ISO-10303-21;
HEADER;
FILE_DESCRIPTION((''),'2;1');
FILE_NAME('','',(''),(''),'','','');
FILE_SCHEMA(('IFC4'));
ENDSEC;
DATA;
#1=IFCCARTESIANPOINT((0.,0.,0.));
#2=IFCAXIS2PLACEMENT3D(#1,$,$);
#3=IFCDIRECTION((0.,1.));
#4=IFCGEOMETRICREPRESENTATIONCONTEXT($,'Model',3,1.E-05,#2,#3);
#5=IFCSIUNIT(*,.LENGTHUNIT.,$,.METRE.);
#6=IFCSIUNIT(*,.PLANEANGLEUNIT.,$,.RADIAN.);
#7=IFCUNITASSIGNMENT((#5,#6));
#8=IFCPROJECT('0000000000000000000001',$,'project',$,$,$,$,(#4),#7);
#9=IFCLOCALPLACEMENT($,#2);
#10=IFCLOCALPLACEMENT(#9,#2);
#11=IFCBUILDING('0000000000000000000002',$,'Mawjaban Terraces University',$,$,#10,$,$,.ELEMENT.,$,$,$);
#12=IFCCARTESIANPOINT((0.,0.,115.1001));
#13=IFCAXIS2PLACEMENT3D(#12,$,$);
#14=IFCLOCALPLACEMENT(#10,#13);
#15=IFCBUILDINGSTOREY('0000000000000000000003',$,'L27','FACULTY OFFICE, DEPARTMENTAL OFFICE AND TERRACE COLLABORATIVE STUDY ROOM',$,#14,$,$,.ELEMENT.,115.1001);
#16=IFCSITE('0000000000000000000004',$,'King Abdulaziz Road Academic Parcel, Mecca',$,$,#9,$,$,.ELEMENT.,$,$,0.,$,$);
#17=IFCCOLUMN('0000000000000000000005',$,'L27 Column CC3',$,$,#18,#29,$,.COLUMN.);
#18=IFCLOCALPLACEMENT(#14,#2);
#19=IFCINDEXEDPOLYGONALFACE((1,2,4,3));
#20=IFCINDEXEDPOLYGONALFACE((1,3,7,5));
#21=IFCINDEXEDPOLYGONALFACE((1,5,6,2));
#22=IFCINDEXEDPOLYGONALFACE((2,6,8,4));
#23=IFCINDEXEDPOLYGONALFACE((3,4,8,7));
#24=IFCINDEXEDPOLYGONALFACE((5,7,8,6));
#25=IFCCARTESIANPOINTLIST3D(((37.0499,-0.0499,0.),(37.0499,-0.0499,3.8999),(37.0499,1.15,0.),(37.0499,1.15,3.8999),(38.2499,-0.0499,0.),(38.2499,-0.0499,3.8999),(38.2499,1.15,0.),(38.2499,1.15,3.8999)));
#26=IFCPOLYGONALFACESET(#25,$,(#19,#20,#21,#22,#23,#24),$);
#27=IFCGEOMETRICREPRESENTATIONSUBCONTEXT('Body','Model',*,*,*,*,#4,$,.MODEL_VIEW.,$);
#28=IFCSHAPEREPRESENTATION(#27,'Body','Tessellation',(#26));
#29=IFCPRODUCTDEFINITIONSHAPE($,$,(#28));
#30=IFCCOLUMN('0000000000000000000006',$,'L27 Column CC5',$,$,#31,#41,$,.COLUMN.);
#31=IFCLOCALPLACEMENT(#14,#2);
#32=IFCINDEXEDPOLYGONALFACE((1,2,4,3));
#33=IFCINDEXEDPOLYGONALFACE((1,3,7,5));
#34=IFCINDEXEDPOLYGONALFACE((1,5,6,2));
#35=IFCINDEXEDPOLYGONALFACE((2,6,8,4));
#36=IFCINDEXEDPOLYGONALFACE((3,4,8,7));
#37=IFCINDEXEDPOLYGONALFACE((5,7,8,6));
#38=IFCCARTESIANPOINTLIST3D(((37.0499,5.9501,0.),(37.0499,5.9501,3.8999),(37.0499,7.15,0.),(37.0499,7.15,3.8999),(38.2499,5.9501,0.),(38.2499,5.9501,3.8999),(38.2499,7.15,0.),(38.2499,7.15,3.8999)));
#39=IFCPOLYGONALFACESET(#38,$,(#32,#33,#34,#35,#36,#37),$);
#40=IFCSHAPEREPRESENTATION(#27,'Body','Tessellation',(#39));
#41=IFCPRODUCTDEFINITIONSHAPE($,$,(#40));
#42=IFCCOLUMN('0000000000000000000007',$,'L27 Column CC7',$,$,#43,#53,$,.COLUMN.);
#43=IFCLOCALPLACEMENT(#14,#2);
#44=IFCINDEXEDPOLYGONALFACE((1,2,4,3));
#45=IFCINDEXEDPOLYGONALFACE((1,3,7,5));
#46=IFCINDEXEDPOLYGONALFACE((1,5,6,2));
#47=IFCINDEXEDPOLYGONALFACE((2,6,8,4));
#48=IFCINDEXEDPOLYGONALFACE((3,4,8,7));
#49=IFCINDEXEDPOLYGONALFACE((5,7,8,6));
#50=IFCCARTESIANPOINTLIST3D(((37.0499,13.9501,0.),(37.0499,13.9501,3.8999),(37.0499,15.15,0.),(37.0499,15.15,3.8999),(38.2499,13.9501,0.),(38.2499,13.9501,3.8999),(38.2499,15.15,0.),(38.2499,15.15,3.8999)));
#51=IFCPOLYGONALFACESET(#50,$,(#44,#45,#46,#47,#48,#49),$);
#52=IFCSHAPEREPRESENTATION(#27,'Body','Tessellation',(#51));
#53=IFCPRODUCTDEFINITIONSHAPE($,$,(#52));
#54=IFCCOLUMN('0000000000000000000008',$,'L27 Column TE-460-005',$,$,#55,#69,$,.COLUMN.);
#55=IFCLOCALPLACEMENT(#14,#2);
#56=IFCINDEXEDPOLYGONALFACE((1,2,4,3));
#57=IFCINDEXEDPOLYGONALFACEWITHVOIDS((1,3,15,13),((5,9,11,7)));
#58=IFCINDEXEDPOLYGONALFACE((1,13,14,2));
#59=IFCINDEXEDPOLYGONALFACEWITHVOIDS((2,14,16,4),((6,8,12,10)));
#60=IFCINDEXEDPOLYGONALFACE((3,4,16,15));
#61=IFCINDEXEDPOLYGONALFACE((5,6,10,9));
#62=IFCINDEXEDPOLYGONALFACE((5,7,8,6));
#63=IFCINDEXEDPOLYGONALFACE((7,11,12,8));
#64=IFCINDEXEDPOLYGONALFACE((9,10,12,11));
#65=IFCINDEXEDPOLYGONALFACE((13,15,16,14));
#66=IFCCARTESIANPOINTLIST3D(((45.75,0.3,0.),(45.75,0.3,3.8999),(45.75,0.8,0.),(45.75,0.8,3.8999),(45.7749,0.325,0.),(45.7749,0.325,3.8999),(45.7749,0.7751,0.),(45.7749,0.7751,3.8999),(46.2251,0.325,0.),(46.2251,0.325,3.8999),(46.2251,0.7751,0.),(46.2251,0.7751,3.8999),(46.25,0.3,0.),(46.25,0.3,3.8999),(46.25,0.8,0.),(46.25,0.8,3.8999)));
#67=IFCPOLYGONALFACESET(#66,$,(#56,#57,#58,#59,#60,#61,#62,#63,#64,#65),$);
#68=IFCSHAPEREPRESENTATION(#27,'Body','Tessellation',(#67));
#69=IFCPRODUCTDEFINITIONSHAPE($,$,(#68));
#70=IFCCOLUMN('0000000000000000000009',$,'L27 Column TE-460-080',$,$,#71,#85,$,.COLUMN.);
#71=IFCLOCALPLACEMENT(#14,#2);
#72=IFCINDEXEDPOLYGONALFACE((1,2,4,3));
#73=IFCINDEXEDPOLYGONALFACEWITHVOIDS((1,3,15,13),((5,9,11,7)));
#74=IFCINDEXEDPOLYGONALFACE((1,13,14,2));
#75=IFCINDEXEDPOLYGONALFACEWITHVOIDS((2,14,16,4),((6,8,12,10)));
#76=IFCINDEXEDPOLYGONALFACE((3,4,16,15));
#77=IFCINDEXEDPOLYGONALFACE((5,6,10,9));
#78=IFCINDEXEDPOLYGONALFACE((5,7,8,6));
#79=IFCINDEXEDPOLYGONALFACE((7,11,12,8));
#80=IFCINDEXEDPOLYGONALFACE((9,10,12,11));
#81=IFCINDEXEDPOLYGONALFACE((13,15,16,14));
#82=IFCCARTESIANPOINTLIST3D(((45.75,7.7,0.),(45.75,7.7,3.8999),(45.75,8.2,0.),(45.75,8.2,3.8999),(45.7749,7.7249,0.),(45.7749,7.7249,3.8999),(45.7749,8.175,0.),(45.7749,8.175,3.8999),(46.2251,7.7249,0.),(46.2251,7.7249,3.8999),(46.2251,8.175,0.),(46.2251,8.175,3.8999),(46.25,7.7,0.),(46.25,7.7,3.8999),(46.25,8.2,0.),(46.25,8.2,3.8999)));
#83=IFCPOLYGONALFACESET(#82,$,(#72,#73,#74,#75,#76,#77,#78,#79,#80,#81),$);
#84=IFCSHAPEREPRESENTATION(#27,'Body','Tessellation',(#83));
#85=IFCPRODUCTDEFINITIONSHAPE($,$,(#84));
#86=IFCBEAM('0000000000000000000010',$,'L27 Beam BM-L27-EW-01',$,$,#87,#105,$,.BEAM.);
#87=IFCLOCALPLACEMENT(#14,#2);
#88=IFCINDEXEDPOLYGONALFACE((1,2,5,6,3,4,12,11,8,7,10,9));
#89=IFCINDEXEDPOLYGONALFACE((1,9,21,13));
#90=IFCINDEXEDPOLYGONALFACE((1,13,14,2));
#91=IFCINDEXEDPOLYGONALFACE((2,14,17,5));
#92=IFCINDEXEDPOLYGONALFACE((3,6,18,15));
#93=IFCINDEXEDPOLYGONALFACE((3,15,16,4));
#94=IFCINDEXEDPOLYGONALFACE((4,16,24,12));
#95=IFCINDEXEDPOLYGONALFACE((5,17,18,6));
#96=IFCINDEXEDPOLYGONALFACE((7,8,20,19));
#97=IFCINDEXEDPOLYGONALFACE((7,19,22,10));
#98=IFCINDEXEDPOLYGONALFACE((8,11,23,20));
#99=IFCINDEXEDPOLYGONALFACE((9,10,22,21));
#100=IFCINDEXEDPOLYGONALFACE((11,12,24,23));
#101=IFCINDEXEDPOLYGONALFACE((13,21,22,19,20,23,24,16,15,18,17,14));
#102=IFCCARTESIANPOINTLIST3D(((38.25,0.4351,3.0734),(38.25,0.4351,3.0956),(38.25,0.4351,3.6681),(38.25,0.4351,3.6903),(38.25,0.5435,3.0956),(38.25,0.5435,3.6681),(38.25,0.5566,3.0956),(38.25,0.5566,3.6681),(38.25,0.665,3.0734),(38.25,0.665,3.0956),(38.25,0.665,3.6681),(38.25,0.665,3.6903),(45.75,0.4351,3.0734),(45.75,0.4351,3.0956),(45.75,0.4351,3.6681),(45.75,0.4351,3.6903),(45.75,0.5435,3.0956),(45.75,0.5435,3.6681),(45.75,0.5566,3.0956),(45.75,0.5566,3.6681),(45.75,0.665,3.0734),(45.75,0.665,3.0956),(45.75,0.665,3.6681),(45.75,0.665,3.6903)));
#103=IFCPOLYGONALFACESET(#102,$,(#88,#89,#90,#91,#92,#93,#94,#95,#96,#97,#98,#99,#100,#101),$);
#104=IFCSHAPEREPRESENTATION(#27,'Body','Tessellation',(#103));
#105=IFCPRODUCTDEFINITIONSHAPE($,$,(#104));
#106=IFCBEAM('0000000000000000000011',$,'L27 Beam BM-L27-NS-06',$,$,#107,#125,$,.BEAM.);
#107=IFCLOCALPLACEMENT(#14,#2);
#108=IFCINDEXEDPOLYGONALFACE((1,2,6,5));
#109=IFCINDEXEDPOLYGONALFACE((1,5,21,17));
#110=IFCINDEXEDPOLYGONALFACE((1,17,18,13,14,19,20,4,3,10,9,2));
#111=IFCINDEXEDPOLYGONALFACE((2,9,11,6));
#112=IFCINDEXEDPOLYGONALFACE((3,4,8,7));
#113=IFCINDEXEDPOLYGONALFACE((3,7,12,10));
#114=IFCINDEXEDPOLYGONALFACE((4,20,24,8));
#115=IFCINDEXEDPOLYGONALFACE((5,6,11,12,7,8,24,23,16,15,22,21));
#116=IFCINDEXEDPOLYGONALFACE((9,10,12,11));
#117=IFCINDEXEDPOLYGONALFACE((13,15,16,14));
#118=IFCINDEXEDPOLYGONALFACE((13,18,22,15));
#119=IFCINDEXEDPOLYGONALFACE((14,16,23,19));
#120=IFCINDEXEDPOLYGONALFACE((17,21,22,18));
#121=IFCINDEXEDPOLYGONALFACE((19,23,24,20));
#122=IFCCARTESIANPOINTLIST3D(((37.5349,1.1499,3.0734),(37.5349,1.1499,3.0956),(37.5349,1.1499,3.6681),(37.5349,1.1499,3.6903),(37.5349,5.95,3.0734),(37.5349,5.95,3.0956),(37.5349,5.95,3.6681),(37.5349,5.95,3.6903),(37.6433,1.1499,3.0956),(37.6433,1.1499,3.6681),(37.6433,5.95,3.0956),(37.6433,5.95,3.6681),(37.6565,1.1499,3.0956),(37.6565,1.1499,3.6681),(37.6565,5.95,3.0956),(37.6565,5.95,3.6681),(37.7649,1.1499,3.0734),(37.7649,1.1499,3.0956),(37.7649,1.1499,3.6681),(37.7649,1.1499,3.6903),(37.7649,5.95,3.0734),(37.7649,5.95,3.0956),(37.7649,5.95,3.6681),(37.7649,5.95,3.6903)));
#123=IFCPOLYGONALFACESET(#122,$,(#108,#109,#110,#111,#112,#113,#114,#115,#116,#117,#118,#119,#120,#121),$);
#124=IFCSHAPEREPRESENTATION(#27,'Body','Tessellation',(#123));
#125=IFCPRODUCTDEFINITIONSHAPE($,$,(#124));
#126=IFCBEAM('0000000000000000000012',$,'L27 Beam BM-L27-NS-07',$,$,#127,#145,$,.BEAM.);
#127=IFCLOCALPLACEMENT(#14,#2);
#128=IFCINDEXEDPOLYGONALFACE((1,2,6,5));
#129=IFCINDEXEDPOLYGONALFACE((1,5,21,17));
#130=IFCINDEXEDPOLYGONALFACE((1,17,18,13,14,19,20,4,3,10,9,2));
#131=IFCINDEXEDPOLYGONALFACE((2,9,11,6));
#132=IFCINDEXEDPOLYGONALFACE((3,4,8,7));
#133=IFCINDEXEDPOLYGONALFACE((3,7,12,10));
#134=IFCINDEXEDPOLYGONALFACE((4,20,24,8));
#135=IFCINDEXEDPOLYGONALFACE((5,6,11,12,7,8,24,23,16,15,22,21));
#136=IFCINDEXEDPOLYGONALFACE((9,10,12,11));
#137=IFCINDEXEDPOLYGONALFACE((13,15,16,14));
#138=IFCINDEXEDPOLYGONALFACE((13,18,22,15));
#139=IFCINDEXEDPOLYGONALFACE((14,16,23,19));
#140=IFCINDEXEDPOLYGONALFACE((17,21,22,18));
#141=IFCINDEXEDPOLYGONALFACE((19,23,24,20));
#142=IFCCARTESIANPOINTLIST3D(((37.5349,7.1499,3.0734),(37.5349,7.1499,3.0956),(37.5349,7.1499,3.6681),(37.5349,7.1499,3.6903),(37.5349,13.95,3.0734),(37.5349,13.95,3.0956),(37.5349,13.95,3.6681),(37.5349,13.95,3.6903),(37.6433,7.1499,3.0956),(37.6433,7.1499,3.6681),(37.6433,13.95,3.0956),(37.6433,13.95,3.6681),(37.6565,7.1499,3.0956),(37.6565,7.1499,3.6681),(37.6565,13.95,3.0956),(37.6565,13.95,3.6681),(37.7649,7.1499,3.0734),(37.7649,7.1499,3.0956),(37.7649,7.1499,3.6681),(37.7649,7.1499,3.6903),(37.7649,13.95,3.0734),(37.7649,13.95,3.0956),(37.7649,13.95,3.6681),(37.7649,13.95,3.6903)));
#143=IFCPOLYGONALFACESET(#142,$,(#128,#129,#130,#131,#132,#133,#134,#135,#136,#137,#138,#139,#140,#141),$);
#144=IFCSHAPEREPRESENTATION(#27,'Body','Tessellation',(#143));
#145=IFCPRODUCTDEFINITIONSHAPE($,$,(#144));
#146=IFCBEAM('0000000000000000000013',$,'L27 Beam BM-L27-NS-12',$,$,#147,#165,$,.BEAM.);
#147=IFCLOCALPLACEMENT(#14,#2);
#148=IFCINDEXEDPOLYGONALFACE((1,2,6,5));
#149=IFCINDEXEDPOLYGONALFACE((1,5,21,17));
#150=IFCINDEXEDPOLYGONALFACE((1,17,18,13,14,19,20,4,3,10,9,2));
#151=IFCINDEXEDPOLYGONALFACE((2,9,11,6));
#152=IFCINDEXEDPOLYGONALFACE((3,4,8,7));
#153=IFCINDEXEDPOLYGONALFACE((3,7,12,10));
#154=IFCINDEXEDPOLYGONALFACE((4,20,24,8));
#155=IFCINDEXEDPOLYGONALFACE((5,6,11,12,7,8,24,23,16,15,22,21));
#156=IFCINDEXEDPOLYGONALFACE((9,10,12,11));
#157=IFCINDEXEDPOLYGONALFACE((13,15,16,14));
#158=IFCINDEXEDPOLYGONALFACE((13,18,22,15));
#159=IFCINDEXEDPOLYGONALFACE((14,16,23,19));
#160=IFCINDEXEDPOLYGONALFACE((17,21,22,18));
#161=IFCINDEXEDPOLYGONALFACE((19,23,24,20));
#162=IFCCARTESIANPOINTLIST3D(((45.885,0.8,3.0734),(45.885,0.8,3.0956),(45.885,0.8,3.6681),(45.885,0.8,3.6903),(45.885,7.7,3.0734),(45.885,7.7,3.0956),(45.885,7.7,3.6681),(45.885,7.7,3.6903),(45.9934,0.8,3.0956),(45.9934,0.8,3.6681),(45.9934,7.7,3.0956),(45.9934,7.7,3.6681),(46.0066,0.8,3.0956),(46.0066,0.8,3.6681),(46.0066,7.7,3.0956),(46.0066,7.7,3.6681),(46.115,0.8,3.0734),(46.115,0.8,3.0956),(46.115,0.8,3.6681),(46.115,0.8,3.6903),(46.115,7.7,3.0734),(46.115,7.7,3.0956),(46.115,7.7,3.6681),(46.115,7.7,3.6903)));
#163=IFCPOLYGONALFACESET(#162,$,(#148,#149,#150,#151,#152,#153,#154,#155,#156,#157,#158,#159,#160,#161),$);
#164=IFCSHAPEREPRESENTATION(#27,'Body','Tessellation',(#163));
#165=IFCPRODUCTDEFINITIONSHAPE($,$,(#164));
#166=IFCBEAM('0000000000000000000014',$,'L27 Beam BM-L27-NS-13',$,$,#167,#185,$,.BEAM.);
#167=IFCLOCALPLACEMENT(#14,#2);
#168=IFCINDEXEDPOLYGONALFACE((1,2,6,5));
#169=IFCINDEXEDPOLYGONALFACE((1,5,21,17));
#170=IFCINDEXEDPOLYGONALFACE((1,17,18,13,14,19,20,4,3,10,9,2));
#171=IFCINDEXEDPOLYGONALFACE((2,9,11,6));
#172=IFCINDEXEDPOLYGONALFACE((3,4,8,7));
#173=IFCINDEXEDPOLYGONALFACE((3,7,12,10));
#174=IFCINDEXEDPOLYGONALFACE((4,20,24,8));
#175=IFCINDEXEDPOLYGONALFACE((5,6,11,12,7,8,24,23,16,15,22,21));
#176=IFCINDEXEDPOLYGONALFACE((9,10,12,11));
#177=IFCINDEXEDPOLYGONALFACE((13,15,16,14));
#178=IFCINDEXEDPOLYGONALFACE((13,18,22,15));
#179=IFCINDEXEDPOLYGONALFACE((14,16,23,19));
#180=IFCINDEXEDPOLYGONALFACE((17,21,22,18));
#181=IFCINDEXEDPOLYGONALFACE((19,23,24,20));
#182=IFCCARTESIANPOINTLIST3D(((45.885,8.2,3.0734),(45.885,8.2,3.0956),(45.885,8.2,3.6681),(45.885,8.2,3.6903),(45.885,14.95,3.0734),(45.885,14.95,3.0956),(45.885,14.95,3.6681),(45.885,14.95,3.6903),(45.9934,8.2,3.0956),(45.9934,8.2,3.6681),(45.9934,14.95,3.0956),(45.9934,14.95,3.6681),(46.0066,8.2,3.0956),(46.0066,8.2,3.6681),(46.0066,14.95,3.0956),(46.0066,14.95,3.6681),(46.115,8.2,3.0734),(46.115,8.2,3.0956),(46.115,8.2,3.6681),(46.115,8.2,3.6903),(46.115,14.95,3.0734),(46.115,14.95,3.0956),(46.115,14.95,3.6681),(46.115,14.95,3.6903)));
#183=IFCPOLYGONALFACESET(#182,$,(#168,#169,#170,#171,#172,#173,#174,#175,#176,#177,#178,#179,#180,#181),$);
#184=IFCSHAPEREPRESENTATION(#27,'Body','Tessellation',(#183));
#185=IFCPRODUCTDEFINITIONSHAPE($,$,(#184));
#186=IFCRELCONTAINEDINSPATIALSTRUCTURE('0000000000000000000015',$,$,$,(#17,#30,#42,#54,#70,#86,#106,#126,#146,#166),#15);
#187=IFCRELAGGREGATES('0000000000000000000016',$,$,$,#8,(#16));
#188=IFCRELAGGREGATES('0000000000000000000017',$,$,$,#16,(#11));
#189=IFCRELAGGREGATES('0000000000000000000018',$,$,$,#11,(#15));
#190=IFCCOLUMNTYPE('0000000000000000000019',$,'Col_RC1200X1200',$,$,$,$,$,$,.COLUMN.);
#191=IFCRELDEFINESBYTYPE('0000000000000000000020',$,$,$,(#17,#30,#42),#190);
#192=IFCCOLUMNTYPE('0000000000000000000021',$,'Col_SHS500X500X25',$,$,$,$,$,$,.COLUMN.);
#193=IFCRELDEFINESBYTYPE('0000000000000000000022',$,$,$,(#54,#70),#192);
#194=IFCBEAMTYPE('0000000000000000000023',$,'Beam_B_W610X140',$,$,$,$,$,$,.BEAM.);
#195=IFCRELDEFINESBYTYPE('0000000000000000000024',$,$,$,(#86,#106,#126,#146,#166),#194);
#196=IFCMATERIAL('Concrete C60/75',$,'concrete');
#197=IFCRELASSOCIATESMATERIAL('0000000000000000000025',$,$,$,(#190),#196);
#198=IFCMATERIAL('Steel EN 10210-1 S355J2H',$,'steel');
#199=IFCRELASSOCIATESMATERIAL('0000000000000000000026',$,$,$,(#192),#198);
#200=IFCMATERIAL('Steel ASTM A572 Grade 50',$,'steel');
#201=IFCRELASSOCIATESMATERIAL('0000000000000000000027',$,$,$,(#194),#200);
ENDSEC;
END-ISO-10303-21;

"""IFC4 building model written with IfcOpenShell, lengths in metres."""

from ifc_helpers import new_model, si_unit, direction, frame, origin, origin_2d, place, context, subcontext, project, spatial, rectangle, hollow_rectangle, i_section, extrude, material, material_profile, profile_set, type_object, element, save


model = new_model("IFC4")

# Units and contexts
model_context = context("Model", 3, precision=1e-05, world=origin(), true_north=direction((0.0, 1.0)))
body_context = subcontext(model_context, "Body", "Model", "MODEL_VIEW")
ifc_project = project(units=[si_unit("LENGTHUNIT", "METRE"), si_unit("PLANEANGLEUNIT", "RADIAN")], contexts=[model_context])

# Site, building, storey
site_placement = place(None, origin())
site = spatial("IfcSite", under=ifc_project, at=site_placement, Name="King Abdulaziz Road Academic Parcel, Mecca", CompositionType="ELEMENT", RefElevation=0.0)
building_placement = place(site_placement, origin())
building = spatial("IfcBuilding", under=site, at=building_placement, Name="Mawjaban Terraces University", CompositionType="ELEMENT")
storey_placement = place(building_placement, frame((0.0, 0.0, 115.1001)))
storey = spatial("IfcBuildingStorey", under=building, at=storey_placement, Name="L27", Description="FACULTY OFFICE, DEPARTMENTAL OFFICE AND TERRACE COLLABORATIVE STUDY ROOM", CompositionType="ELEMENT", Elevation=115.1001)

# Columns
ifc_material_1 = material(Name="Concrete C60/75", Category="concrete")
ifc_material_profile_1 = material_profile(ifc_material_1, rectangle(XDim=1.2, YDim=1.2, at=origin_2d()), Name="RC1200X1200")
ifc_profile_set_1 = profile_set([ifc_material_profile_1], Name="Concrete C60/75")
column_type_1 = type_object("IfcColumnType", Name="Col_RC1200X1200", PredefinedType="COLUMN", material=ifc_profile_set_1)
for number, where, z_axis, x_axis, name in (
    (1, (37.6499, 0.55, 0.0), (0.0, 0.0, 1.0), (1.0, 0.0, 0.0), "L27 Column CC3"),
    (2, (37.6499, 6.55, 0.0), (0.0, 0.0, 1.0), (1.0, 0.0, 0.0), "L27 Column CC5"),
    (3, (37.6499, 14.55, 0.0), (0.0, 0.0, 1.0), (1.0, 0.0, 0.0), "L27 Column CC7"),
):
    element("IfcColumn", number, at=place(storey_placement, frame(where, z_axis=z_axis, x_axis=x_axis)), inside=storey, type_object=column_type_1, Name=name, PredefinedType="COLUMN", context=body_context, shape_type="SweptSolid", body=[
        extrude(rectangle(XDim=1.2, YDim=1.2, at=origin_2d()), origin(), (0.0, 0.0, 1.0), 3.8999),
    ])
ifc_material_2 = material(Name="Steel EN 10210-1 S355J2H", Category="steel")
ifc_material_profile_2 = material_profile(ifc_material_2, hollow_rectangle(XDim=0.5, YDim=0.5, WallThickness=0.0249, at=origin_2d()), Name="SHS500X500X25")
ifc_profile_set_2 = profile_set([ifc_material_profile_2], Name="Steel EN 10210-1 S355J2H")
column_type_2 = type_object("IfcColumnType", Name="Col_SHS500X500X25", PredefinedType="COLUMN", material=ifc_profile_set_2)
for number, where, z_axis, x_axis, name in (
    (4, (46.0, 0.55, 0.0), (0.0, 0.0, 1.0), (1.0, 0.0, 0.0), "L27 Column TE-460-005"),
    (5, (46.0, 7.95, 0.0), (0.0, 0.0, 1.0), (1.0, 0.0, 0.0), "L27 Column TE-460-080"),
):
    element("IfcColumn", number, at=place(storey_placement, frame(where, z_axis=z_axis, x_axis=x_axis)), inside=storey, type_object=column_type_2, Name=name, PredefinedType="COLUMN", context=body_context, shape_type="SweptSolid", body=[
        extrude(hollow_rectangle(XDim=0.5, YDim=0.5, WallThickness=0.0249, at=origin_2d()), origin(), (0.0, 0.0, 1.0), 3.8999),
    ])

# Beams
ifc_material_3 = material(Name="Steel ASTM A572 Grade 50", Category="steel")
ifc_material_profile_3 = material_profile(ifc_material_3, i_section(OverallWidth=0.23, OverallDepth=0.6169, WebThickness=0.0132, FlangeThickness=0.0222, at=origin_2d()), Name="W610X140")
ifc_profile_set_3 = profile_set([ifc_material_profile_3], Name="Steel ASTM A572 Grade 50")
beam_type_1 = type_object("IfcBeamType", Name="Beam_B_W610X140", PredefinedType="BEAM", material=ifc_profile_set_3)
beam_1_placement = place(storey_placement, frame((38.25, 0.55, 3.3818), z_axis=(1.0, 0.0, 0.0), x_axis=(0.0, 1.0, 0.0)))
element("IfcBeam", 6, at=beam_1_placement, inside=storey, type_object=beam_type_1, Name="L27 Beam BM-L27-EW-01", PredefinedType="BEAM", context=body_context, shape_type="SweptSolid", body=[
    extrude(i_section(OverallWidth=0.23, OverallDepth=0.6169, WebThickness=0.0132, FlangeThickness=0.0222, at=origin_2d()), origin(), (0.0, 0.0, 1.0), 7.5),
])
beam_2_placement = place(storey_placement, frame((37.6499, 1.1499, 3.3818), z_axis=(0.0, 1.0, 0.0), x_axis=(-1.0, 0.0, 0.0)))
element("IfcBeam", 7, at=beam_2_placement, inside=storey, type_object=beam_type_1, Name="L27 Beam BM-L27-NS-06", PredefinedType="BEAM", context=body_context, shape_type="SweptSolid", body=[
    extrude(i_section(OverallWidth=0.23, OverallDepth=0.6169, WebThickness=0.0132, FlangeThickness=0.0222, at=origin_2d()), origin(), (0.0, 0.0, 1.0), 4.8),
])
beam_3_placement = place(storey_placement, frame((37.6499, 7.1499, 3.3818), z_axis=(0.0, 1.0, 0.0), x_axis=(-1.0, 0.0, 0.0)))
element("IfcBeam", 8, at=beam_3_placement, inside=storey, type_object=beam_type_1, Name="L27 Beam BM-L27-NS-07", PredefinedType="BEAM", context=body_context, shape_type="SweptSolid", body=[
    extrude(i_section(OverallWidth=0.23, OverallDepth=0.6169, WebThickness=0.0132, FlangeThickness=0.0222, at=origin_2d()), origin(), (0.0, 0.0, 1.0), 6.8),
])
beam_4_placement = place(storey_placement, frame((46.0, 0.8, 3.3818), z_axis=(0.0, 1.0, 0.0), x_axis=(-1.0, 0.0, 0.0)))
element("IfcBeam", 9, at=beam_4_placement, inside=storey, type_object=beam_type_1, Name="L27 Beam BM-L27-NS-12", PredefinedType="BEAM", context=body_context, shape_type="SweptSolid", body=[
    extrude(i_section(OverallWidth=0.23, OverallDepth=0.6169, WebThickness=0.0132, FlangeThickness=0.0222, at=origin_2d()), origin(), (0.0, 0.0, 1.0), 6.8999),
])
beam_5_placement = place(storey_placement, frame((46.0, 8.2, 3.3818), z_axis=(0.0, 1.0, 0.0), x_axis=(-1.0, 0.0, 0.0)))
element("IfcBeam", 10, at=beam_5_placement, inside=storey, type_object=beam_type_1, Name="L27 Beam BM-L27-NS-13", PredefinedType="BEAM", context=body_context, shape_type="SweptSolid", body=[
    extrude(i_section(OverallWidth=0.23, OverallDepth=0.6169, WebThickness=0.0132, FlangeThickness=0.0222, at=origin_2d()), origin(), (0.0, 0.0, 1.0), 6.75),
])

save(model, "model.ifc")
